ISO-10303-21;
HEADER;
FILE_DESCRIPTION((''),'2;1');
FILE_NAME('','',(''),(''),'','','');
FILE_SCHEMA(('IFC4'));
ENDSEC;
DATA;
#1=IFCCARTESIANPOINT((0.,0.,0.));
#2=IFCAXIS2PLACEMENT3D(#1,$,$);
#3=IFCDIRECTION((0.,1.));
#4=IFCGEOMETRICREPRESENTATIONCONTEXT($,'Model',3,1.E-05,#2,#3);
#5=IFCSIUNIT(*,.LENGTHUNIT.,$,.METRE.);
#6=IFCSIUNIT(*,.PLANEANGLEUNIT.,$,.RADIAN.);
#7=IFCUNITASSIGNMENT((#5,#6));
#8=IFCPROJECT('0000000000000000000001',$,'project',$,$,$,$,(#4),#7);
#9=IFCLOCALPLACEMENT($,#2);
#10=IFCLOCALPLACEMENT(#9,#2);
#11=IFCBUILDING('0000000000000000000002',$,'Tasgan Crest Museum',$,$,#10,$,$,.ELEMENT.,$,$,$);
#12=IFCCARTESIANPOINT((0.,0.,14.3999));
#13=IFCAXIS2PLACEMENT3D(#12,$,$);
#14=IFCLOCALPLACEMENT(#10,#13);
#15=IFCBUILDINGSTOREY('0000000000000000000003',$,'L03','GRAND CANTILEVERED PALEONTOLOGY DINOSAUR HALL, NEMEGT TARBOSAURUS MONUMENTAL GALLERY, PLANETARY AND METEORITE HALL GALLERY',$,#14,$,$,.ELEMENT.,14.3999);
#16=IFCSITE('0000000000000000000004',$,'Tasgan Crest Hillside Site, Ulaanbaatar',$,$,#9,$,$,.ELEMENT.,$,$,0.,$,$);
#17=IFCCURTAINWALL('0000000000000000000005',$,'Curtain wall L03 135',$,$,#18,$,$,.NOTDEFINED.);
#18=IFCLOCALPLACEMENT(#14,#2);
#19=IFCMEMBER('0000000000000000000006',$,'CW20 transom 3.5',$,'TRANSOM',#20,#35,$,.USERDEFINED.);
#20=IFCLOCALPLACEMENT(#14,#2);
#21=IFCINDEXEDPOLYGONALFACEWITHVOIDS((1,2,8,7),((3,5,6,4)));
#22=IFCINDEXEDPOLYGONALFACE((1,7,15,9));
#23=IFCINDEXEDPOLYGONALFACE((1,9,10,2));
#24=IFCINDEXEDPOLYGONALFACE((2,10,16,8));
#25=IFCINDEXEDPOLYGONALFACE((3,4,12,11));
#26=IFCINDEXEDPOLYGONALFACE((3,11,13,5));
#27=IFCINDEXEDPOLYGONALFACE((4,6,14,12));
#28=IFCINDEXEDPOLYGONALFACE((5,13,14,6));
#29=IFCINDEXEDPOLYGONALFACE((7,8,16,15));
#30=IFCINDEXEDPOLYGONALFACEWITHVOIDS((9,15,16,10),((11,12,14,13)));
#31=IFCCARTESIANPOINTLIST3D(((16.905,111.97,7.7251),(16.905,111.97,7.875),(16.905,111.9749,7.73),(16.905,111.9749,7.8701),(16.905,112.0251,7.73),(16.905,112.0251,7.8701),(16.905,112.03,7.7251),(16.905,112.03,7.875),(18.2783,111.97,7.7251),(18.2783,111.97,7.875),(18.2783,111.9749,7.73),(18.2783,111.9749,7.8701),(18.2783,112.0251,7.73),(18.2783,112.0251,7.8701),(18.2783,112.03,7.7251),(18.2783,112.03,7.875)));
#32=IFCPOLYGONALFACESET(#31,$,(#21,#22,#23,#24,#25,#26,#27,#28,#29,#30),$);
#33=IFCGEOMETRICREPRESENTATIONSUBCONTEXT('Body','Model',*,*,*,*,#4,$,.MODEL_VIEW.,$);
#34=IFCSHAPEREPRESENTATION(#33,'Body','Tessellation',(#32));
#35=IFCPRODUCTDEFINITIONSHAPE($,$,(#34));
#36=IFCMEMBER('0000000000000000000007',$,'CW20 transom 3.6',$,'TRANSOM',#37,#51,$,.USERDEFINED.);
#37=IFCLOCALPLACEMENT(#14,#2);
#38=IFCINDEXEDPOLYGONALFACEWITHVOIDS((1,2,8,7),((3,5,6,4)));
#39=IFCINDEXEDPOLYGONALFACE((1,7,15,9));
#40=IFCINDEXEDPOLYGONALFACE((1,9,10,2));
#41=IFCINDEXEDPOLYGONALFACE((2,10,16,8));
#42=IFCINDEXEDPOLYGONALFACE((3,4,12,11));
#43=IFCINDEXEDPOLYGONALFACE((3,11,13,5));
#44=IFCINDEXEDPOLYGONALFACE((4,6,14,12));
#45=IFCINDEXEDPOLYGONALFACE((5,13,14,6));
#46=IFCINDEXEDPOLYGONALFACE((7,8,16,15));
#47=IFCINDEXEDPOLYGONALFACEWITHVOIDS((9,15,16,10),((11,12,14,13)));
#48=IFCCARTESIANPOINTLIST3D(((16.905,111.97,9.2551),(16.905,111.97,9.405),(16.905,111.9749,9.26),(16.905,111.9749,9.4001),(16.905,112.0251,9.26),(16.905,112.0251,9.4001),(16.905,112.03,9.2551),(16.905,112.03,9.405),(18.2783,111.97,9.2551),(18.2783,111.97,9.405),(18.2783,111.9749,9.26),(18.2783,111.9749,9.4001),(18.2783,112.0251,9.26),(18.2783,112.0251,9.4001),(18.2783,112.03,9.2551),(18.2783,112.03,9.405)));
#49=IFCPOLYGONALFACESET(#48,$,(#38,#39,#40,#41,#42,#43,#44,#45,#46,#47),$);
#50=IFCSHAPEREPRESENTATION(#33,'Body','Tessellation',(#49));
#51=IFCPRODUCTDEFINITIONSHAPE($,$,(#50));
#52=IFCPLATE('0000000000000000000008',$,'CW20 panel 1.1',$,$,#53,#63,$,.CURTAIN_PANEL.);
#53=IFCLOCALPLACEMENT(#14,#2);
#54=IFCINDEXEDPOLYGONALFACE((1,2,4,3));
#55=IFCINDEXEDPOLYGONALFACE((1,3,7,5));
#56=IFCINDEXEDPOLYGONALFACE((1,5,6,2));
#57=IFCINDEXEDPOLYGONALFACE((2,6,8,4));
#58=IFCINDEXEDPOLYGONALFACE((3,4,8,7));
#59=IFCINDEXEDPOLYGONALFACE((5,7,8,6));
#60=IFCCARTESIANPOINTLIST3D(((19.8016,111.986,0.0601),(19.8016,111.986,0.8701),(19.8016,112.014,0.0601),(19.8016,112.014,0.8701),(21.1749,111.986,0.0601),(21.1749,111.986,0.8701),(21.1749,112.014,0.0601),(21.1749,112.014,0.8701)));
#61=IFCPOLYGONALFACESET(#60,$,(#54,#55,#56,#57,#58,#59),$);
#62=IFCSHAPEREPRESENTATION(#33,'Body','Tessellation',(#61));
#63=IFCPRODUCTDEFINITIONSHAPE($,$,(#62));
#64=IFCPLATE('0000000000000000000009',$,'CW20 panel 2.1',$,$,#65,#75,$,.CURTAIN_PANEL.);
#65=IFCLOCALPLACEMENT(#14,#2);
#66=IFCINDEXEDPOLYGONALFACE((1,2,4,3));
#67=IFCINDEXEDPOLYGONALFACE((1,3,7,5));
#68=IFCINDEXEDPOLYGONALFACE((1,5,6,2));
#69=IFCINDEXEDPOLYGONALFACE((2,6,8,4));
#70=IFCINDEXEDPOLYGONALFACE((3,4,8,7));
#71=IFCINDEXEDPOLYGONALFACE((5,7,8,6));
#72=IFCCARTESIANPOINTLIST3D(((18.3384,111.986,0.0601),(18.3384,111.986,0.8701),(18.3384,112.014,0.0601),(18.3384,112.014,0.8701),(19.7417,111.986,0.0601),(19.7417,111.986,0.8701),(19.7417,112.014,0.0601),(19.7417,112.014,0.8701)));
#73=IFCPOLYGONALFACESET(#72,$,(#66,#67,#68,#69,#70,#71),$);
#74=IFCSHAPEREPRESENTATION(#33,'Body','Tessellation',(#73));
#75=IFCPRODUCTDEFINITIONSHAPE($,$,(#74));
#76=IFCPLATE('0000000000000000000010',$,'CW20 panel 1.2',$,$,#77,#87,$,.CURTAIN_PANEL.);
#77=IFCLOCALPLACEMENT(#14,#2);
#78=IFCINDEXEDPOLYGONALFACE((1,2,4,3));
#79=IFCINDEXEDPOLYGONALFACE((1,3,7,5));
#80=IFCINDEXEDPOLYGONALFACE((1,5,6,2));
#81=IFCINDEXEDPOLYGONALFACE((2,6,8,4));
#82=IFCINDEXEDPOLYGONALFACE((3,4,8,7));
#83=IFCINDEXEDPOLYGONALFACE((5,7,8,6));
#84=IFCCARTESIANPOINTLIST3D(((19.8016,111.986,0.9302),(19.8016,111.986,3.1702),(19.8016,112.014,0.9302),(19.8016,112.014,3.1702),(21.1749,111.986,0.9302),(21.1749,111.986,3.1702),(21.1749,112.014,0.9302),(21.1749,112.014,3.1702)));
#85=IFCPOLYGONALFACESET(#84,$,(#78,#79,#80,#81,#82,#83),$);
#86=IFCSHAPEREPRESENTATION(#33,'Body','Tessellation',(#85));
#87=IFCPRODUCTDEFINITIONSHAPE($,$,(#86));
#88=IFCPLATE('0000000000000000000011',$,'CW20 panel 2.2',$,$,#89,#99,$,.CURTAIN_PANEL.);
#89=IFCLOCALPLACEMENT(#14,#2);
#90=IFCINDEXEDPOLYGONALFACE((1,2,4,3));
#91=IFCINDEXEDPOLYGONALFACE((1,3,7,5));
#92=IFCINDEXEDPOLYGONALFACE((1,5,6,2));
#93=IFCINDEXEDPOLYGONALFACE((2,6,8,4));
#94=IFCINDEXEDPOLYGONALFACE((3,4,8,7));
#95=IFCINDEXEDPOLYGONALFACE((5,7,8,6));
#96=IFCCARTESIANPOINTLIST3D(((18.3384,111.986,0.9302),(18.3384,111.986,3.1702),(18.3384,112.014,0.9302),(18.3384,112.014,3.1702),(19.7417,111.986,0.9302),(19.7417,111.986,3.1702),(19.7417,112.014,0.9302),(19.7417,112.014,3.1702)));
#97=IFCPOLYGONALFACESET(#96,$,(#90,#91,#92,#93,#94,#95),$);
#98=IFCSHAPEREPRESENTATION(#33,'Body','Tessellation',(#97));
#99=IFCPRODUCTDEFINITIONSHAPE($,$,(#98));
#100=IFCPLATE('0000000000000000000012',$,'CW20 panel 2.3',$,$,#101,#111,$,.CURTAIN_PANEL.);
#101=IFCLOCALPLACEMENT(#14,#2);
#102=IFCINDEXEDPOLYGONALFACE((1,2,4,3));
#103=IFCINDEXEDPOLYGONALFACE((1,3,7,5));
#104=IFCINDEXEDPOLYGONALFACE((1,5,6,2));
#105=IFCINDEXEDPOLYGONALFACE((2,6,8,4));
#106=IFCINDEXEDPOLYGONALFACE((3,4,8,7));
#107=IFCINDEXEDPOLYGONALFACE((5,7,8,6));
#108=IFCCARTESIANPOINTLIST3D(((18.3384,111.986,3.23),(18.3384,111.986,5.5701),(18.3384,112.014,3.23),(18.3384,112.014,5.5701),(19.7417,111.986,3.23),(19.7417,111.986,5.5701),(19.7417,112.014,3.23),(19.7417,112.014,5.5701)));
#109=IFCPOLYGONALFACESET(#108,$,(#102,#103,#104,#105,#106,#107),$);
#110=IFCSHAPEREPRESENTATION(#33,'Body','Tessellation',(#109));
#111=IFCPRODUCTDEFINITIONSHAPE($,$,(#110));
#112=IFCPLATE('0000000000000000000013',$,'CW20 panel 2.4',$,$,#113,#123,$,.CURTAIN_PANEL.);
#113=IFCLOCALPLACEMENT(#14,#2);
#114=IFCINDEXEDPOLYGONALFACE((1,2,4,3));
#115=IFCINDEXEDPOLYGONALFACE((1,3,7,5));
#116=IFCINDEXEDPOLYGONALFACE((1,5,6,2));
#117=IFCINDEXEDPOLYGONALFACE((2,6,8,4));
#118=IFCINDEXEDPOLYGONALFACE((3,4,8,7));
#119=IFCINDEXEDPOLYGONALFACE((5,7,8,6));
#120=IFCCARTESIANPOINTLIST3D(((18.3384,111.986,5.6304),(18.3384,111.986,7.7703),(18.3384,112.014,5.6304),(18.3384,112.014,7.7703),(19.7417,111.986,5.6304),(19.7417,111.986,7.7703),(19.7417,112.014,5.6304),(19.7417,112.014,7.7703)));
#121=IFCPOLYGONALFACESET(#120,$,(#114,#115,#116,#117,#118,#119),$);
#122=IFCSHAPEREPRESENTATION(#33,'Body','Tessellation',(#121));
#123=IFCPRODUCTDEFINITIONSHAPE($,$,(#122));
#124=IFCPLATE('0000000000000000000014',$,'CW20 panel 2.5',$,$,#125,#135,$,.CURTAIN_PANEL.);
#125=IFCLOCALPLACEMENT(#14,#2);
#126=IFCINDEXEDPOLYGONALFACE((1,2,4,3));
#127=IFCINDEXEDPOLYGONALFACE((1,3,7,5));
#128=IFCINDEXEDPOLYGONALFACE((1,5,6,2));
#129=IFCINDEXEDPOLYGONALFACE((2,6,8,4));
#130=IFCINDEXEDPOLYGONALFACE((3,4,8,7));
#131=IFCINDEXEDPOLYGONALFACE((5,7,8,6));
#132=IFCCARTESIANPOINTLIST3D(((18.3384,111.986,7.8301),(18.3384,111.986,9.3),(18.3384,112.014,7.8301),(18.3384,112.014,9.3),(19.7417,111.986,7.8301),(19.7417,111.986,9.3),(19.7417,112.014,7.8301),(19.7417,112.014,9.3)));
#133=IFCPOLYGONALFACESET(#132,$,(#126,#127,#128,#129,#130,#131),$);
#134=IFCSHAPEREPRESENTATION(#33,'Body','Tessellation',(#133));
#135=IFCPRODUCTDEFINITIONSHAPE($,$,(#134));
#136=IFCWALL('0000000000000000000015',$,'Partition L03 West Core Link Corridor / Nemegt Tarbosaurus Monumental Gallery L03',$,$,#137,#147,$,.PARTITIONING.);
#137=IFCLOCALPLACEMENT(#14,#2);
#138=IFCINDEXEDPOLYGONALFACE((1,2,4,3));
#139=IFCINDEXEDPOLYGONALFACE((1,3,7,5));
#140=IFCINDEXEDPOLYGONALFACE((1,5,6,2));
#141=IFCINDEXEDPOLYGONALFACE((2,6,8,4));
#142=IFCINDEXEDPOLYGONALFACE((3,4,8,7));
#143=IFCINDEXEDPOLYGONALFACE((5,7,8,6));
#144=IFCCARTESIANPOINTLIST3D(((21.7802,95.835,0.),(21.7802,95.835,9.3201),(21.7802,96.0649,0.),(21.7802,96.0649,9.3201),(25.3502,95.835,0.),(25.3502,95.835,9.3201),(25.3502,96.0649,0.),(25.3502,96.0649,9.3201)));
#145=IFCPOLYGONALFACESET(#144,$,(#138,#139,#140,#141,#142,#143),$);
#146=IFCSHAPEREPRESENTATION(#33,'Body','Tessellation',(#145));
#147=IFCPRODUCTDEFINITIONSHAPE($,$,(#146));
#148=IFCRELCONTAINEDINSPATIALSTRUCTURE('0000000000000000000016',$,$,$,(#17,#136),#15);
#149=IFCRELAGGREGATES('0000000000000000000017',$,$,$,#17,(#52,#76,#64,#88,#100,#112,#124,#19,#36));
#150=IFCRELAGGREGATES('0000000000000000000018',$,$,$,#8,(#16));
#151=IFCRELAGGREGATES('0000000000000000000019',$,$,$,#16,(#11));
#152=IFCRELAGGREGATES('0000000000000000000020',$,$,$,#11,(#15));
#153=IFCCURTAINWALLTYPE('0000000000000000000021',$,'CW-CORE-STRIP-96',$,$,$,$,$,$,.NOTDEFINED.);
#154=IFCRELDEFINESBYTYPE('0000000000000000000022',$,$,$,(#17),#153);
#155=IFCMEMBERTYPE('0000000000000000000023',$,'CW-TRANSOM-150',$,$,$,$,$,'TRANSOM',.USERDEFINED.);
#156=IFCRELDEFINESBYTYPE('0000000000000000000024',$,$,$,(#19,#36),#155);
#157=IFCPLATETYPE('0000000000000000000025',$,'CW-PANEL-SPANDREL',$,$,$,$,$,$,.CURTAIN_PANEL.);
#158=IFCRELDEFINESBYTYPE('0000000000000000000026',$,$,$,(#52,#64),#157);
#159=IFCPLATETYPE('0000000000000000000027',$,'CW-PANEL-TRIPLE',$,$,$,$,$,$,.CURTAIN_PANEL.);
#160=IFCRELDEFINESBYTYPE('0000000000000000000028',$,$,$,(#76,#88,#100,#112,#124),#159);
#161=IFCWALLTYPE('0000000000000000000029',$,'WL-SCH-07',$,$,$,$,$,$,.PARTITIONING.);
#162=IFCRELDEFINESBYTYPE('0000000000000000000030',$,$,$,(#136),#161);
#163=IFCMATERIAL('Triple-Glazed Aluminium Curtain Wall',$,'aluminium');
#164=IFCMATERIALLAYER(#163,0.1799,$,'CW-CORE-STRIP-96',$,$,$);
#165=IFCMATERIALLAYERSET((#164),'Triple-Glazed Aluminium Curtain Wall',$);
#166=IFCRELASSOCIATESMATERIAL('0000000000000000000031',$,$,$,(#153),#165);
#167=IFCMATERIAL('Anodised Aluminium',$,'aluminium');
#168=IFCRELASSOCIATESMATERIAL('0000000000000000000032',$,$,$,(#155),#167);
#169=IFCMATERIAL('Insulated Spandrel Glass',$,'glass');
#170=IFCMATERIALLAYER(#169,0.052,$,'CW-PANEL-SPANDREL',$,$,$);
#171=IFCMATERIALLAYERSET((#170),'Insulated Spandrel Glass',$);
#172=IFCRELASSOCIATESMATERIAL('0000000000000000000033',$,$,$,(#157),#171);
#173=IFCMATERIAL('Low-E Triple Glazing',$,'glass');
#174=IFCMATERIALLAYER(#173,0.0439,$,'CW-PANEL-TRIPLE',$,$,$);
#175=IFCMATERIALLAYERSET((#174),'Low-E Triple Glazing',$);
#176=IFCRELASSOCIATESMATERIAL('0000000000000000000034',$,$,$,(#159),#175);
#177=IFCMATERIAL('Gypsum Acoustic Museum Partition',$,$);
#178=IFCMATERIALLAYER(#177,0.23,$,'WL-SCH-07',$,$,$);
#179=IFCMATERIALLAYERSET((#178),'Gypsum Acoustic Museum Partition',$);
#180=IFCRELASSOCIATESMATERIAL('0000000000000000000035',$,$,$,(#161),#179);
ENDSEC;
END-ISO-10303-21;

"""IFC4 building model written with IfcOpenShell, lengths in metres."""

from ifc_helpers import new_model, si_unit, direction, frame, frame_2d, origin, origin_2d, place, context, subcontext, project, spatial, rectangle, hollow_rectangle, extrude, material, layer, layer_set, material_profile, profile_set, type_object, element, aggregate, save


model = new_model("IFC4")

# Units and contexts
model_context = context("Model", 3, precision=1e-05, world=origin(), true_north=direction((0.0, 1.0)))
body_context = subcontext(model_context, "Body", "Model", "MODEL_VIEW")
ifc_project = project(units=[si_unit("LENGTHUNIT", "METRE"), si_unit("PLANEANGLEUNIT", "RADIAN")], contexts=[model_context])

# Site, building, storey
site_placement = place(None, origin())
site = spatial("IfcSite", under=ifc_project, at=site_placement, Name="Tasgan Crest Hillside Site, Ulaanbaatar", CompositionType="ELEMENT", RefElevation=0.0)
building_placement = place(site_placement, origin())
building = spatial("IfcBuilding", under=site, at=building_placement, Name="Tasgan Crest Museum", CompositionType="ELEMENT")
storey_placement = place(building_placement, frame((0.0, 0.0, 14.3999)))
storey = spatial("IfcBuildingStorey", under=building, at=storey_placement, Name="L03", Description="GRAND CANTILEVERED PALEONTOLOGY DINOSAUR HALL, NEMEGT TARBOSAURUS MONUMENTAL GALLERY, PLANETARY AND METEORITE HALL GALLERY", CompositionType="ELEMENT", Elevation=14.3999)

# Curtain wall, members, plates
ifc_material_1 = material(Name="Triple-Glazed Aluminium Curtain Wall", Category="aluminium")
ifc_layer_1 = layer(ifc_material_1, 0.1799, Name="CW-CORE-STRIP-96")
ifc_layer_set_1 = layer_set([ifc_layer_1], Name="Triple-Glazed Aluminium Curtain Wall")
curtain_wall_type = type_object("IfcCurtainWallType", Name="CW-CORE-STRIP-96", PredefinedType="NOTDEFINED", material=ifc_layer_set_1)
curtain_wall_placement = place(storey_placement, origin())
curtain_wall = element("IfcCurtainWall", 1, at=curtain_wall_placement, inside=storey, type_object=curtain_wall_type, Name="Curtain wall L03 135", PredefinedType="NOTDEFINED")
ifc_material_2 = material(Name="Anodised Aluminium", Category="aluminium")
ifc_material_profile_1 = material_profile(ifc_material_2, hollow_rectangle(XDim=0.0601, YDim=0.1499, WallThickness=0.0049, at=origin_2d()), Name="ALU TRANSOM 150x60x5")
ifc_profile_set_1 = profile_set([ifc_material_profile_1], Name="Anodised Aluminium")
member_type_1 = type_object("IfcMemberType", Name="CW-TRANSOM-150", ElementType="TRANSOM", PredefinedType="USERDEFINED", material=ifc_profile_set_1)
member_1_placement = place(storey_placement, frame((18.2783, 112.0, 7.8), z_axis=(-1.0, 0.0, 0.0), x_axis=(0.0, -1.0, 0.0)))
member_1 = element("IfcMember", 2, at=member_1_placement, type_object=member_type_1, Name="CW20 transom 3.5", ObjectType="TRANSOM", PredefinedType="USERDEFINED", context=body_context, shape_type="SweptSolid", body=[
    extrude(hollow_rectangle(XDim=0.0601, YDim=0.1499, WallThickness=0.0049, at=origin_2d()), origin(), (0.0, 0.0, 1.0), 1.3733),
])
member_2_placement = place(storey_placement, frame((18.2783, 112.0, 9.3301), z_axis=(-1.0, 0.0, 0.0), x_axis=(0.0, -1.0, 0.0)))
member_2 = element("IfcMember", 3, at=member_2_placement, type_object=member_type_1, Name="CW20 transom 3.6", ObjectType="TRANSOM", PredefinedType="USERDEFINED", context=body_context, shape_type="SweptSolid", body=[
    extrude(hollow_rectangle(XDim=0.0601, YDim=0.1499, WallThickness=0.0049, at=origin_2d()), origin(), (0.0, 0.0, 1.0), 1.3733),
])
ifc_material_3 = material(Name="Insulated Spandrel Glass", Category="glass")
ifc_layer_2 = layer(ifc_material_3, 0.052, Name="CW-PANEL-SPANDREL")
ifc_layer_set_2 = layer_set([ifc_layer_2], Name="Insulated Spandrel Glass")
plate_type_1 = type_object("IfcPlateType", Name="CW-PANEL-SPANDREL", PredefinedType="CURTAIN_PANEL", material=ifc_layer_set_2)
plate_1_placement = place(storey_placement, frame((20.4883, 112.0, 0.0601), z_axis=(0.0, 0.0, 1.0), x_axis=(-1.0, 0.0, 0.0)))
plate_1 = element("IfcPlate", 4, at=plate_1_placement, type_object=plate_type_1, Name="CW20 panel 1.1", PredefinedType="CURTAIN_PANEL", context=body_context, shape_type="SweptSolid", body=[
    extrude(rectangle(XDim=1.3733, YDim=0.0281, at=origin_2d()), origin(), (0.0, 0.0, 1.0), 0.8101),
])
plate_2_placement = place(storey_placement, frame((19.04, 112.0, 0.0601), z_axis=(0.0, 0.0, 1.0), x_axis=(-1.0, 0.0, 0.0)))
plate_2 = element("IfcPlate", 5, at=plate_2_placement, type_object=plate_type_1, Name="CW20 panel 2.1", PredefinedType="CURTAIN_PANEL", context=body_context, shape_type="SweptSolid", body=[
    extrude(rectangle(XDim=1.4033, YDim=0.0281, at=origin_2d()), origin(), (0.0, 0.0, 1.0), 0.8101),
])
ifc_material_4 = material(Name="Low-E Triple Glazing", Category="glass")
ifc_layer_3 = layer(ifc_material_4, 0.0439, Name="CW-PANEL-TRIPLE")
ifc_layer_set_3 = layer_set([ifc_layer_3], Name="Low-E Triple Glazing")
plate_type_2 = type_object("IfcPlateType", Name="CW-PANEL-TRIPLE", PredefinedType="CURTAIN_PANEL", material=ifc_layer_set_3)
plate_3_placement = place(storey_placement, frame((20.4883, 112.0, 0.9302), z_axis=(0.0, 0.0, 1.0), x_axis=(-1.0, 0.0, 0.0)))
plate_3 = element("IfcPlate", 6, at=plate_3_placement, type_object=plate_type_2, Name="CW20 panel 1.2", PredefinedType="CURTAIN_PANEL", context=body_context, shape_type="SweptSolid", body=[
    extrude(rectangle(XDim=1.3733, YDim=0.0281, at=origin_2d()), origin(), (0.0, 0.0, 1.0), 2.24),
])
plate_4_placement = place(storey_placement, frame((19.04, 112.0, 0.9302), z_axis=(0.0, 0.0, 1.0), x_axis=(-1.0, 0.0, 0.0)))
plate_4 = element("IfcPlate", 7, at=plate_4_placement, type_object=plate_type_2, Name="CW20 panel 2.2", PredefinedType="CURTAIN_PANEL", context=body_context, shape_type="SweptSolid", body=[
    extrude(rectangle(XDim=1.4033, YDim=0.0281, at=origin_2d()), origin(), (0.0, 0.0, 1.0), 2.24),
])
plate_5_placement = place(storey_placement, frame((19.04, 112.0, 3.23), z_axis=(0.0, 0.0, 1.0), x_axis=(-1.0, 0.0, 0.0)))
plate_5 = element("IfcPlate", 8, at=plate_5_placement, type_object=plate_type_2, Name="CW20 panel 2.3", PredefinedType="CURTAIN_PANEL", context=body_context, shape_type="SweptSolid", body=[
    extrude(rectangle(XDim=1.4033, YDim=0.0281, at=origin_2d()), origin(), (0.0, 0.0, 1.0), 2.3401),
])
plate_6_placement = place(storey_placement, frame((19.04, 112.0, 5.6304), z_axis=(0.0, 0.0, 1.0), x_axis=(-1.0, 0.0, 0.0)))
plate_6 = element("IfcPlate", 9, at=plate_6_placement, type_object=plate_type_2, Name="CW20 panel 2.4", PredefinedType="CURTAIN_PANEL", context=body_context, shape_type="SweptSolid", body=[
    extrude(rectangle(XDim=1.4033, YDim=0.0281, at=origin_2d()), origin(), (0.0, 0.0, 1.0), 2.1399),
])
plate_7_placement = place(storey_placement, frame((19.04, 112.0, 7.8301), z_axis=(0.0, 0.0, 1.0), x_axis=(-1.0, 0.0, 0.0)))
plate_7 = element("IfcPlate", 10, at=plate_7_placement, type_object=plate_type_2, Name="CW20 panel 2.5", PredefinedType="CURTAIN_PANEL", context=body_context, shape_type="SweptSolid", body=[
    extrude(rectangle(XDim=1.4033, YDim=0.0281, at=origin_2d()), origin(), (0.0, 0.0, 1.0), 1.47),
])
aggregate(curtain_wall, [plate_1, plate_3, plate_2, plate_4, plate_5, plate_6, plate_7, member_1, member_2])

# Wall
ifc_material_5 = material(Name="Gypsum Acoustic Museum Partition")
ifc_layer_4 = layer(ifc_material_5, 0.23, Name="WL-SCH-07")
ifc_layer_set_4 = layer_set([ifc_layer_4], Name="Gypsum Acoustic Museum Partition")
wall_type = type_object("IfcWallType", Name="WL-SCH-07", PredefinedType="PARTITIONING", material=ifc_layer_set_4)
wall_placement = place(storey_placement, frame((21.78, 95.95, 0.0), z_axis=(0.0, 0.0, 1.0), x_axis=(1.0, 0.0, 0.0)))
element("IfcWall", 11, at=wall_placement, inside=storey, type_object=wall_type, Name="Partition L03 West Core Link Corridor / Nemegt Tarbosaurus Monumental Gallery L03", PredefinedType="PARTITIONING", context=body_context, shape_type="SweptSolid", body=[
    extrude(rectangle(XDim=3.5701, YDim=0.23, at=frame_2d((1.7852, 0.0))), origin(), (0.0, 0.0, 1.0), 9.3201),
])

save(model, "model.ifc")
